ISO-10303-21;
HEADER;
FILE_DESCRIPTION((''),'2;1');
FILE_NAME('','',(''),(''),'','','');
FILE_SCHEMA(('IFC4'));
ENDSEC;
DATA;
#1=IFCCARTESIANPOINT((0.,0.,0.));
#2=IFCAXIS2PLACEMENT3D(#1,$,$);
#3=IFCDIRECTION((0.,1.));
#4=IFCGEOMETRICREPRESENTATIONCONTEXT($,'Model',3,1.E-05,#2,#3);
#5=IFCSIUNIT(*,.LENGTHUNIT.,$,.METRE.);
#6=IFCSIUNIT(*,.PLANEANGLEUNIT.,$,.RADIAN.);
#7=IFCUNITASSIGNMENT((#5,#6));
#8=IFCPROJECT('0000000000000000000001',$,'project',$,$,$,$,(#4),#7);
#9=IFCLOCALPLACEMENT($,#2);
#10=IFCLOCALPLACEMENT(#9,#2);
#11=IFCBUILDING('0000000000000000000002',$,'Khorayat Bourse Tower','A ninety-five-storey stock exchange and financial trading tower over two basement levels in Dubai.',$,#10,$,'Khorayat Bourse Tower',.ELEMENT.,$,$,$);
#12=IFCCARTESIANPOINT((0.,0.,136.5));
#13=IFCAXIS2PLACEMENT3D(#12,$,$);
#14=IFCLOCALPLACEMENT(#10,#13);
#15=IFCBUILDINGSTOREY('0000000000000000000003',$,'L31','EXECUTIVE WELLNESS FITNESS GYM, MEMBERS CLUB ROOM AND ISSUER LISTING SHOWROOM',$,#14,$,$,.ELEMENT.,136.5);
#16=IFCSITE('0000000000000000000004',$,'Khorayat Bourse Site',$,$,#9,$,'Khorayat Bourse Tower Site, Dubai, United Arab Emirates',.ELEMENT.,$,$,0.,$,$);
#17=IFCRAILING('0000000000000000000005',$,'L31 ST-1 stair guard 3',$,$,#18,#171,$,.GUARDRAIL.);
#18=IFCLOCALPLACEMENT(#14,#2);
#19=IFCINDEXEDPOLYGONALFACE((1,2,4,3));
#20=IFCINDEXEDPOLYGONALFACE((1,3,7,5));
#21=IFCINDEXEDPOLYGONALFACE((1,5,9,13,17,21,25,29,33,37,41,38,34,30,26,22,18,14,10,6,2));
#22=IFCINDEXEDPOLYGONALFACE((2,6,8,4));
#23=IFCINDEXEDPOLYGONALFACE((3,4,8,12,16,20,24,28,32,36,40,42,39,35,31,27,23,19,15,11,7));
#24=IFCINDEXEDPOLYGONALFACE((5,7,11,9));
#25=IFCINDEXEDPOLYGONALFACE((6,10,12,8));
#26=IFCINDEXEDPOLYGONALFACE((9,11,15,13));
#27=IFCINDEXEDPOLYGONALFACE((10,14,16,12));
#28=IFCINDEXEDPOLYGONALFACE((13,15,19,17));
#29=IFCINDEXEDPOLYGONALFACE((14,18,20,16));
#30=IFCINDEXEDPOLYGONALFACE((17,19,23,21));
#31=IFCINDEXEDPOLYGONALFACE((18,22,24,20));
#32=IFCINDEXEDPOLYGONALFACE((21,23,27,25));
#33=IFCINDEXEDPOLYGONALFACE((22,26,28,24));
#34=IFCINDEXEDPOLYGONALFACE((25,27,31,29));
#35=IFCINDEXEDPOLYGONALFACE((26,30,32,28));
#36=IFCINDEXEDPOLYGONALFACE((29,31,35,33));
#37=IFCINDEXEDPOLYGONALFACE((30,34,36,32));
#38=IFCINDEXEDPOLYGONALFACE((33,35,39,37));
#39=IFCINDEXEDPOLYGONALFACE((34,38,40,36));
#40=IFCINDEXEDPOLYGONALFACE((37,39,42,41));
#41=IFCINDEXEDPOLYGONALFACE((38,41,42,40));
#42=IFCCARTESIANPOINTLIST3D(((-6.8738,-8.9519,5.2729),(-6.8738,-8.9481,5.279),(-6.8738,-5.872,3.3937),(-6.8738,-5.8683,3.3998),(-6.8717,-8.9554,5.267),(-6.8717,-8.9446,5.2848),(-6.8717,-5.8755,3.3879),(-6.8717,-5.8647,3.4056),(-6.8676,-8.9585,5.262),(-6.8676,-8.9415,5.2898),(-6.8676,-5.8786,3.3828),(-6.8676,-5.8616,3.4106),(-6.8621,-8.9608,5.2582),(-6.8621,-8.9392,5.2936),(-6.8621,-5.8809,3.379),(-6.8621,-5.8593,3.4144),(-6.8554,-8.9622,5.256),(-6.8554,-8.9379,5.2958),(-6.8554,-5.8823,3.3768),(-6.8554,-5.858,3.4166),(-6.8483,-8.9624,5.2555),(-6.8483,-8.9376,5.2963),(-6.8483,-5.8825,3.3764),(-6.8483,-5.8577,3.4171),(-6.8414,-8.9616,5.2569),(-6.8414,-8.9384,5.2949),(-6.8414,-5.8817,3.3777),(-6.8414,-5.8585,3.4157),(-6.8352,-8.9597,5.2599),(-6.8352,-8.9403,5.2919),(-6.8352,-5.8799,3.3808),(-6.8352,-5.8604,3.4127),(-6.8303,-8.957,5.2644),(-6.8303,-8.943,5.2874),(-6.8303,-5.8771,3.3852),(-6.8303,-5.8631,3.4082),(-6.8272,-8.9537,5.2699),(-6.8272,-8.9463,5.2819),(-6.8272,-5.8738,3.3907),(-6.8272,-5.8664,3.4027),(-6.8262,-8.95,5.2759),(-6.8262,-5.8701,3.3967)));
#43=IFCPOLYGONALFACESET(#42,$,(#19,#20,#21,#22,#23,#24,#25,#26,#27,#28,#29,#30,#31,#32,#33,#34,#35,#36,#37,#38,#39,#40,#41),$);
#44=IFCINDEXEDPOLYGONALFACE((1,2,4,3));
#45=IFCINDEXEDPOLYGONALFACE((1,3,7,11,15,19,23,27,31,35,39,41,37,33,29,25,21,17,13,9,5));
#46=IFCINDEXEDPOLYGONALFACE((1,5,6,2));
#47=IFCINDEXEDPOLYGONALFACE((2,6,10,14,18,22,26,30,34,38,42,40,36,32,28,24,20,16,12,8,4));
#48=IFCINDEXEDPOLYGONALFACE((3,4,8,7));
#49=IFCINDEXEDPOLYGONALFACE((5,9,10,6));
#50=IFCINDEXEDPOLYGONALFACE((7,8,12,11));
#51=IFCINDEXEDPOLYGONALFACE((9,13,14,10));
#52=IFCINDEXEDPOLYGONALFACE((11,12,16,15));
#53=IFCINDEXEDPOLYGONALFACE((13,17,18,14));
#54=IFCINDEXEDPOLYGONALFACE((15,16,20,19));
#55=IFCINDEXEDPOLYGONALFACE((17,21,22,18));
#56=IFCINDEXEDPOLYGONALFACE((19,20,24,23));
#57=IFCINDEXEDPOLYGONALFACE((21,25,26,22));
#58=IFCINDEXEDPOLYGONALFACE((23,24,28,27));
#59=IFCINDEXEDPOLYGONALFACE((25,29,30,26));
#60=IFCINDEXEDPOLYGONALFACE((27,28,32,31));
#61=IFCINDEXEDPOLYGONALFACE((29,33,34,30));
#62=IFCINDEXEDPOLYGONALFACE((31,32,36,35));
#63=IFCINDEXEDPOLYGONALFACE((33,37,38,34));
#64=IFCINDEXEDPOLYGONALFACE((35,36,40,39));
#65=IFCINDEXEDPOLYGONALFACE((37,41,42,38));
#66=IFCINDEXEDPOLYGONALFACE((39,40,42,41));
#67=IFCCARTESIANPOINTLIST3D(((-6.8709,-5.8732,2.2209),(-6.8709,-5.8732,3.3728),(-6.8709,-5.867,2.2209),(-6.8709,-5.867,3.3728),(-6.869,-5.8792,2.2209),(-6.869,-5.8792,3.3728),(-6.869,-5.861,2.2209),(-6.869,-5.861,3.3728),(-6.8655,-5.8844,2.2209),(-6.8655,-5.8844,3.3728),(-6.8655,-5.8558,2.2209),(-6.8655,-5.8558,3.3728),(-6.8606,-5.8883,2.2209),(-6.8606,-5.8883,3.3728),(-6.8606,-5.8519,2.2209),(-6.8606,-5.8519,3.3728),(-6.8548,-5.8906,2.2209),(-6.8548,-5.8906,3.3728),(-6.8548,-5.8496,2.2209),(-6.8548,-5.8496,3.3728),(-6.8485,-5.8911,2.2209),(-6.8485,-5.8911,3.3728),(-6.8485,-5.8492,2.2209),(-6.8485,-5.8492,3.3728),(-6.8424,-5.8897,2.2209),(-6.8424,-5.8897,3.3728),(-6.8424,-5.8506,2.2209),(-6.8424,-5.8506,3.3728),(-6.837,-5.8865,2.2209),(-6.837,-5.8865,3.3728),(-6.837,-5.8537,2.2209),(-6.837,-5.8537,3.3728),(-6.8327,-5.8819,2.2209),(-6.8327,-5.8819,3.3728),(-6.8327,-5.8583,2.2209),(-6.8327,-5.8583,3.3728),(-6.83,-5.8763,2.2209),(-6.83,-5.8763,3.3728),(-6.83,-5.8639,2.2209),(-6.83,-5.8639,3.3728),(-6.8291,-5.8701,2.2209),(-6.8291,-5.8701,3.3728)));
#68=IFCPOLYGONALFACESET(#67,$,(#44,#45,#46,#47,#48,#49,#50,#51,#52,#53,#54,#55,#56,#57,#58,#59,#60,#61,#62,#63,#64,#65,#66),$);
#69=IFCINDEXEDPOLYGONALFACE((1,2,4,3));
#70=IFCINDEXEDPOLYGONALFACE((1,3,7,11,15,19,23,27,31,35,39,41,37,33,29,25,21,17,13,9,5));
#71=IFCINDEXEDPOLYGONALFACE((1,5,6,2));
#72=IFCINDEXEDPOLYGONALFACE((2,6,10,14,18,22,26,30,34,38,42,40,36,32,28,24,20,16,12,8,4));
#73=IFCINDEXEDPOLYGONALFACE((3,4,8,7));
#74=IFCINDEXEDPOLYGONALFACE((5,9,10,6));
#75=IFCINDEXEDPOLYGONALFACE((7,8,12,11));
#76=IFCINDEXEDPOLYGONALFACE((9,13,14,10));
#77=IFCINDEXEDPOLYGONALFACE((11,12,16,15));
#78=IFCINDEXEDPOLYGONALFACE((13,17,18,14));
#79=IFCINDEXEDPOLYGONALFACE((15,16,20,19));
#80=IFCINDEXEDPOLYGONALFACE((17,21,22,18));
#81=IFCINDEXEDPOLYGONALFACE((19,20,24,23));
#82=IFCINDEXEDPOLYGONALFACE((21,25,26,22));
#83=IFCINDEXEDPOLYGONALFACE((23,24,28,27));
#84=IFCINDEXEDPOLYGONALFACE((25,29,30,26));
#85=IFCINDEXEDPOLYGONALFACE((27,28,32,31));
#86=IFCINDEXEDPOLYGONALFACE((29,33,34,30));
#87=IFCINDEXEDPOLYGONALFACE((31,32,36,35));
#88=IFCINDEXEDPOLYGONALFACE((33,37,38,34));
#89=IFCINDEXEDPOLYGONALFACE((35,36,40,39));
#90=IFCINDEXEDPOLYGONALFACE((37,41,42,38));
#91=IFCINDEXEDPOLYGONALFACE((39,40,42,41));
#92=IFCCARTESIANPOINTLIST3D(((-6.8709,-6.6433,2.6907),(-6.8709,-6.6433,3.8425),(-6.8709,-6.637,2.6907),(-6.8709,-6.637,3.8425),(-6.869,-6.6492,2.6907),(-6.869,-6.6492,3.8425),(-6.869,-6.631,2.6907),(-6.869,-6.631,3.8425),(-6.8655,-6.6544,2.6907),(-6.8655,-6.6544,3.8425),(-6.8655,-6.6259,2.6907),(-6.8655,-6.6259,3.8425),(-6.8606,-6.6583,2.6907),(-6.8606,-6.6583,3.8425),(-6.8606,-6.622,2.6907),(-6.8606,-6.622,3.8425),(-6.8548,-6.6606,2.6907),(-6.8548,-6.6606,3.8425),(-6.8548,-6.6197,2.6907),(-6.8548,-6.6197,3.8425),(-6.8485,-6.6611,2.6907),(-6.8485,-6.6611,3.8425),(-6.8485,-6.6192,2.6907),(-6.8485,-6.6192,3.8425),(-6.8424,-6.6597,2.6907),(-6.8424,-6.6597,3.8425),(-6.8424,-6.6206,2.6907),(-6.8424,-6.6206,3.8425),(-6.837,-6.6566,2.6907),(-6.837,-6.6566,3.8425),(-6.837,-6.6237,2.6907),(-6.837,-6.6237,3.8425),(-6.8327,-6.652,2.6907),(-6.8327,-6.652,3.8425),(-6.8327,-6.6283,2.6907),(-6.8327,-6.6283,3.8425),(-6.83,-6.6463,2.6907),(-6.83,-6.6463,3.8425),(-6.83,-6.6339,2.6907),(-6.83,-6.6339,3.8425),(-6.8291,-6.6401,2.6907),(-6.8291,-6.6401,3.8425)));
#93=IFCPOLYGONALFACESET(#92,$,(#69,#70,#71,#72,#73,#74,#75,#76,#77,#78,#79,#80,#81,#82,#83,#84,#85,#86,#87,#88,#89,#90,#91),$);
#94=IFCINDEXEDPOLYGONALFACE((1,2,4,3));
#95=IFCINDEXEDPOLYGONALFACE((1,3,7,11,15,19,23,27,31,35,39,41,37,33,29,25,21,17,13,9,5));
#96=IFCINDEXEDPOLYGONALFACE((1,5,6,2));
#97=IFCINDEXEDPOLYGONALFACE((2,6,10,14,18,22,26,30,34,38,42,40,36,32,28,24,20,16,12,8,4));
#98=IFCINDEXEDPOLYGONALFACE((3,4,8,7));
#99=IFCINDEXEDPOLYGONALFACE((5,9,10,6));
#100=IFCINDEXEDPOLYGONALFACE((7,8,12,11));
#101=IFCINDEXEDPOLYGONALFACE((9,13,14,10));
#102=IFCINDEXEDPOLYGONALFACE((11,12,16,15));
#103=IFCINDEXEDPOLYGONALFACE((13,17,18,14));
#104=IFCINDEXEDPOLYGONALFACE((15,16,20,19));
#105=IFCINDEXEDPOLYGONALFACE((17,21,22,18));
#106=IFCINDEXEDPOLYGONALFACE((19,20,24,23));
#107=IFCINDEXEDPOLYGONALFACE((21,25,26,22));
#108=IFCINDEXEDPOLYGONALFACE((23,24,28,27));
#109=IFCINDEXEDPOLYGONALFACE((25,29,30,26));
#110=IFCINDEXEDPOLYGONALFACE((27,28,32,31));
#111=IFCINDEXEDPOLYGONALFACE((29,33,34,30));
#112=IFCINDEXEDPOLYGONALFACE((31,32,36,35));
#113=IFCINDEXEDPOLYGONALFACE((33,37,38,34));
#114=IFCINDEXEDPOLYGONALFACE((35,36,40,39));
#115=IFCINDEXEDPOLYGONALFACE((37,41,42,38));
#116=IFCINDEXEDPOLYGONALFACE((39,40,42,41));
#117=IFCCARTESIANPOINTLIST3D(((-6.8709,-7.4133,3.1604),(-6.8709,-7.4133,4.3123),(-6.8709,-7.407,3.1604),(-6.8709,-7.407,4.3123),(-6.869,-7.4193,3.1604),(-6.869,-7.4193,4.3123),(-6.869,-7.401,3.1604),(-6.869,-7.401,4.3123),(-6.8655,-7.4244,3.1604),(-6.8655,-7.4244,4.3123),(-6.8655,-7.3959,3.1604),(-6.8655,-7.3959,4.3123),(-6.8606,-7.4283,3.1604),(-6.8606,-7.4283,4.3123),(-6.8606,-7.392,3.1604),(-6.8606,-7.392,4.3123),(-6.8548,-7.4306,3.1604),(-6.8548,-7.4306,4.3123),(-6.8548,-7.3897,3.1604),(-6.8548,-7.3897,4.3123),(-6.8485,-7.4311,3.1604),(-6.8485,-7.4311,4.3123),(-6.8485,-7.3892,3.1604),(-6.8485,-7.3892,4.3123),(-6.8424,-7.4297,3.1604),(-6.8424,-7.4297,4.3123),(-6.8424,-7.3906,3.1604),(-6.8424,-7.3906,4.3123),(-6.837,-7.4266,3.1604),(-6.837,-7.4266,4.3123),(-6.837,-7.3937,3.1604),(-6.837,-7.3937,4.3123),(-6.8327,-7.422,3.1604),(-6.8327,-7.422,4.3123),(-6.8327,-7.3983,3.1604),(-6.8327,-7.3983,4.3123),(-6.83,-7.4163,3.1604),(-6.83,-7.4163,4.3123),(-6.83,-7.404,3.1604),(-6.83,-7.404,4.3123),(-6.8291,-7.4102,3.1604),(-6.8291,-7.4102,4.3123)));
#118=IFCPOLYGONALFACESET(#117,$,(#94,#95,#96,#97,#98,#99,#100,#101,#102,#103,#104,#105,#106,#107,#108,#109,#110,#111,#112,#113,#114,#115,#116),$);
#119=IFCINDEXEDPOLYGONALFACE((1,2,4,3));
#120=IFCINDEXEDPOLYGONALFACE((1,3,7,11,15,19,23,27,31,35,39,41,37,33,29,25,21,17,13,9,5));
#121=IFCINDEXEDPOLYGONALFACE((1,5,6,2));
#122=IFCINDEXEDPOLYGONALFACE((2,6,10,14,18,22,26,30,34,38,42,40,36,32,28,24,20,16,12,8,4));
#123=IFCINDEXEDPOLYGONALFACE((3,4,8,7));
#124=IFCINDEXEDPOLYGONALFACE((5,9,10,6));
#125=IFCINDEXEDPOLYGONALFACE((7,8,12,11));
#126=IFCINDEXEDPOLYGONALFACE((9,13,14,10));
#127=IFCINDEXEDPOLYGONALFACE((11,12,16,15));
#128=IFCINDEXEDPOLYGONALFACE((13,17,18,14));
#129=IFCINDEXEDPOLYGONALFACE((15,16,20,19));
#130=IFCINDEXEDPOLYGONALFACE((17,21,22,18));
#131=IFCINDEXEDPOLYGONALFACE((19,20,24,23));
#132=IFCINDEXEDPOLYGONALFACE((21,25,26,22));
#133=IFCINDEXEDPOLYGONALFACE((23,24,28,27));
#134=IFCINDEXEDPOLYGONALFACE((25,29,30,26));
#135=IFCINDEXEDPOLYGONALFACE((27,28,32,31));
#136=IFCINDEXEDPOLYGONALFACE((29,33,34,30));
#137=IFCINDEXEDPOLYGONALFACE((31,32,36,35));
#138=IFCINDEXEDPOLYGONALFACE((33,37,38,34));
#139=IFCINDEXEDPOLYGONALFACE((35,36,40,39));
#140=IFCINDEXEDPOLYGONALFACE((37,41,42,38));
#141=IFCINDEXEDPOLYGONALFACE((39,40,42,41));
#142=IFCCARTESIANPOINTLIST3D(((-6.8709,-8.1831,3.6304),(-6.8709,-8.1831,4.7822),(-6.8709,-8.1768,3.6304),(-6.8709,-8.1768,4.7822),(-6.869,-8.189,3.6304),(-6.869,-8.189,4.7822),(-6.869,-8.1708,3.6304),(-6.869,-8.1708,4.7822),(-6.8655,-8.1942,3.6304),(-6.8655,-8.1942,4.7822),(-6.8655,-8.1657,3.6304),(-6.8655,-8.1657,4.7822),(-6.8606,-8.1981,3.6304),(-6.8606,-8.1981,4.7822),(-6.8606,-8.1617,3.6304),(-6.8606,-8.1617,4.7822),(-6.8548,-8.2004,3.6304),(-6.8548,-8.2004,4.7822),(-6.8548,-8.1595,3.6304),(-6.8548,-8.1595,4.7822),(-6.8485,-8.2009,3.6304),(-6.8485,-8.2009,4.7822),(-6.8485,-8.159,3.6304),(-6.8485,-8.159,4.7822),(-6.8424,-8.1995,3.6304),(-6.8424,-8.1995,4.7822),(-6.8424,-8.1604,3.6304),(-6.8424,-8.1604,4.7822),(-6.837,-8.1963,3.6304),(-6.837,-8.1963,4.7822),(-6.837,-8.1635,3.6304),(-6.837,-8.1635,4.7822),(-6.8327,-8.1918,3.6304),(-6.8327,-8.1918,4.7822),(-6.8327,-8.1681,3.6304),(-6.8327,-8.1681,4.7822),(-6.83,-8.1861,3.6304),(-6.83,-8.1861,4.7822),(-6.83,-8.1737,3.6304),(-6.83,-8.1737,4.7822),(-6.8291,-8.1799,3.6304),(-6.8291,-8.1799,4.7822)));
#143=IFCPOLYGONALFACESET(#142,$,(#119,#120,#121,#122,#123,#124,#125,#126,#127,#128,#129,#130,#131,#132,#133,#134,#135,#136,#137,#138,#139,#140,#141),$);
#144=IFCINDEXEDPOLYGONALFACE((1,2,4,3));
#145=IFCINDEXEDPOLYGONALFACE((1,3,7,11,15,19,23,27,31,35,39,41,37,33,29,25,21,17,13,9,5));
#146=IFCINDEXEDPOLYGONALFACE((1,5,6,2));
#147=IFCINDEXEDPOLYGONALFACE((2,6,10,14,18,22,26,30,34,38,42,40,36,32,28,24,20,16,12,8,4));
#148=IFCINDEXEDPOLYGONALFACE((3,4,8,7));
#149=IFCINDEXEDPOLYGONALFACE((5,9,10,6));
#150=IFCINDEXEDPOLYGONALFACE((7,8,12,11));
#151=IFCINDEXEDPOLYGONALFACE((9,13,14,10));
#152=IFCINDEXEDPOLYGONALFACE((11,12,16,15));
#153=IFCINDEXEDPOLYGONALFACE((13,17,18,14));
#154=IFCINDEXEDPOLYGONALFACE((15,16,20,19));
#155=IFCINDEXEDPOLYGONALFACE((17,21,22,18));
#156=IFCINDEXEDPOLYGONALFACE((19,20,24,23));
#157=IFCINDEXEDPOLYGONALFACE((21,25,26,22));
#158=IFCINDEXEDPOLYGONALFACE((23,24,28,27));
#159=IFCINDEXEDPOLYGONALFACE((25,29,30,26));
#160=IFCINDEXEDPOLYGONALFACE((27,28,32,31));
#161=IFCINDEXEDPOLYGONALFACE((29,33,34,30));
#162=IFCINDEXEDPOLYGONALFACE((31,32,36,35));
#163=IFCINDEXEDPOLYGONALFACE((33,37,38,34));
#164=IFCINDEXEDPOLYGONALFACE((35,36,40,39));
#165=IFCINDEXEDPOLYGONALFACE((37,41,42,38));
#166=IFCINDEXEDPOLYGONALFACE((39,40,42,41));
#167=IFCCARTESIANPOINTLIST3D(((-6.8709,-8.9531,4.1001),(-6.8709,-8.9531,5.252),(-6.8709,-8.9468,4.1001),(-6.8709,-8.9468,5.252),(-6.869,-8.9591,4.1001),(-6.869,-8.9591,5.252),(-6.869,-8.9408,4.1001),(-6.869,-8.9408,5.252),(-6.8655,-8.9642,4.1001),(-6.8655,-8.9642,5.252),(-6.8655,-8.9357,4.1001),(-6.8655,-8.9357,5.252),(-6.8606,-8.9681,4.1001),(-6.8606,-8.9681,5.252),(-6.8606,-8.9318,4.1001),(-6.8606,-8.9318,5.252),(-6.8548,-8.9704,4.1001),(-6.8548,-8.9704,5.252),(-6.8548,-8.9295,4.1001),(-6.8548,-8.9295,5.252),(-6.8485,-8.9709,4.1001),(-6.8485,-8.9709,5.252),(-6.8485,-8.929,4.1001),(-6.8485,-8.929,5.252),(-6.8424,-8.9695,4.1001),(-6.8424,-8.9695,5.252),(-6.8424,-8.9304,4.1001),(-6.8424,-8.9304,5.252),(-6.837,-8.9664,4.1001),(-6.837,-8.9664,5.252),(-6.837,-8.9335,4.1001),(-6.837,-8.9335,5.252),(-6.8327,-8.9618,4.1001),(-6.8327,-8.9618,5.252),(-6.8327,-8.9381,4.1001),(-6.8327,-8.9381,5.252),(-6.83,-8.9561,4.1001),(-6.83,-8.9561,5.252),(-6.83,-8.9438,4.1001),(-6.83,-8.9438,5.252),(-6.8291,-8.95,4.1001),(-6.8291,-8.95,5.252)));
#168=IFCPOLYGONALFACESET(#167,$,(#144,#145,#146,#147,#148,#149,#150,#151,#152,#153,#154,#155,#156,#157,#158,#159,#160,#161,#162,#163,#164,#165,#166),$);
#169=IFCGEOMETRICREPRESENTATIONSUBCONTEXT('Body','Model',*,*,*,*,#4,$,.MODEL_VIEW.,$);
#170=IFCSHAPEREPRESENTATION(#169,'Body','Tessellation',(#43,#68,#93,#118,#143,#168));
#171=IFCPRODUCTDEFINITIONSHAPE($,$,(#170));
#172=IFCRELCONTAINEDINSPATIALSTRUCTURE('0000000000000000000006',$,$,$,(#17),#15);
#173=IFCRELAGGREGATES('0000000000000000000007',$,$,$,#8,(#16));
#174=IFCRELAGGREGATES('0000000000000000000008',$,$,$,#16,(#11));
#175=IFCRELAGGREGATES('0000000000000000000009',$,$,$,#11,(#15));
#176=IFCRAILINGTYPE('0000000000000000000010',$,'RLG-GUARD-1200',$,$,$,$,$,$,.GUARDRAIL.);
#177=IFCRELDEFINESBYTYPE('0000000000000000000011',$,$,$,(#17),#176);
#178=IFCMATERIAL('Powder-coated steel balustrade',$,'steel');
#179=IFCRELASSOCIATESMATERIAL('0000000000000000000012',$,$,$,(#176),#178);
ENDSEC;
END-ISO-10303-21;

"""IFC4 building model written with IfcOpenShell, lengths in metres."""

from ifc_helpers import new_model, si_unit, direction, frame, origin, origin_2d, place, context, subcontext, project, spatial, circle, extrude, source, transform, mapped, material, type_object, element, save


model = new_model("IFC4")

# Units and contexts
model_context = context("Model", 3, precision=1e-05, world=origin(), true_north=direction((0.0, 1.0)))
body_context = subcontext(model_context, "Body", "Model", "MODEL_VIEW")
ifc_project = project(units=[si_unit("LENGTHUNIT", "METRE"), si_unit("PLANEANGLEUNIT", "RADIAN")], contexts=[model_context])

# Site, building, storey
site_placement = place(None, origin())
site = spatial("IfcSite", under=ifc_project, at=site_placement, Name="Khorayat Bourse Site", LongName="Khorayat Bourse Tower Site, Dubai, United Arab Emirates", CompositionType="ELEMENT", RefElevation=0.0)
building_placement = place(site_placement, origin())
building = spatial("IfcBuilding", under=site, at=building_placement, Name="Khorayat Bourse Tower", Description="A ninety-five-storey stock exchange and financial trading tower over two basement levels in Dubai.", LongName="Khorayat Bourse Tower", CompositionType="ELEMENT")
storey_placement = place(building_placement, frame((0.0, 0.0, 136.5)))
storey = spatial("IfcBuildingStorey", under=building, at=storey_placement, Name="L31", Description="EXECUTIVE WELLNESS FITNESS GYM, MEMBERS CLUB ROOM AND ISSUER LISTING SHOWROOM", CompositionType="ELEMENT", Elevation=136.5)

# Railing
ifc_material_1 = material(Name="Powder-coated steel balustrade", Category="steel")
railing_type_1 = type_object("IfcRailingType", Name="RLG-GUARD-1200", PredefinedType="GUARDRAIL", material=ifc_material_1)
shared_shape_1 = source(origin(), body_context, "Body", "SweptSolid", [
    extrude(circle(Radius=0.0239, at=origin_2d()), frame((0.0, 0.0, 1.1758), z_axis=(0.0, -0.853648, 0.52085), x_axis=(1.0, 0.0, 0.0)), (0.0, 0.0, 1.0), 3.6079),
    extrude(circle(Radius=0.021, at=origin_2d()), origin(), (0.0, 0.0, 1.0), 1.1519),
    extrude(circle(Radius=0.021, at=origin_2d()), frame((0.0, -0.77, 0.4697)), (0.0, 0.0, 1.0), 1.1519),
    extrude(circle(Radius=0.021, at=origin_2d()), frame((0.0, -1.54, 0.9395)), (0.0, 0.0, 1.0), 1.1519),
    extrude(circle(Radius=0.021, at=origin_2d()), frame((0.0, -2.3098, 1.4094)), (0.0, 0.0, 1.0), 1.1519),
    extrude(circle(Radius=0.021, at=origin_2d()), frame((0.0, -3.0798, 1.8792)), (0.0, 0.0, 1.0), 1.1519),
])
railing_1_placement = place(storey_placement, frame((-6.8501, -5.8701, 2.2209)))
element("IfcRailing", 1, at=railing_1_placement, inside=storey, type_object=railing_type_1, Name="L31 ST-1 stair guard 3", PredefinedType="GUARDRAIL", context=body_context, shape_type="MappedRepresentation", body=[
    mapped(shared_shape_1, transform((0.0, 0.0, 0.0), scale=1.0)),
])

save(model, "model.ifc")
